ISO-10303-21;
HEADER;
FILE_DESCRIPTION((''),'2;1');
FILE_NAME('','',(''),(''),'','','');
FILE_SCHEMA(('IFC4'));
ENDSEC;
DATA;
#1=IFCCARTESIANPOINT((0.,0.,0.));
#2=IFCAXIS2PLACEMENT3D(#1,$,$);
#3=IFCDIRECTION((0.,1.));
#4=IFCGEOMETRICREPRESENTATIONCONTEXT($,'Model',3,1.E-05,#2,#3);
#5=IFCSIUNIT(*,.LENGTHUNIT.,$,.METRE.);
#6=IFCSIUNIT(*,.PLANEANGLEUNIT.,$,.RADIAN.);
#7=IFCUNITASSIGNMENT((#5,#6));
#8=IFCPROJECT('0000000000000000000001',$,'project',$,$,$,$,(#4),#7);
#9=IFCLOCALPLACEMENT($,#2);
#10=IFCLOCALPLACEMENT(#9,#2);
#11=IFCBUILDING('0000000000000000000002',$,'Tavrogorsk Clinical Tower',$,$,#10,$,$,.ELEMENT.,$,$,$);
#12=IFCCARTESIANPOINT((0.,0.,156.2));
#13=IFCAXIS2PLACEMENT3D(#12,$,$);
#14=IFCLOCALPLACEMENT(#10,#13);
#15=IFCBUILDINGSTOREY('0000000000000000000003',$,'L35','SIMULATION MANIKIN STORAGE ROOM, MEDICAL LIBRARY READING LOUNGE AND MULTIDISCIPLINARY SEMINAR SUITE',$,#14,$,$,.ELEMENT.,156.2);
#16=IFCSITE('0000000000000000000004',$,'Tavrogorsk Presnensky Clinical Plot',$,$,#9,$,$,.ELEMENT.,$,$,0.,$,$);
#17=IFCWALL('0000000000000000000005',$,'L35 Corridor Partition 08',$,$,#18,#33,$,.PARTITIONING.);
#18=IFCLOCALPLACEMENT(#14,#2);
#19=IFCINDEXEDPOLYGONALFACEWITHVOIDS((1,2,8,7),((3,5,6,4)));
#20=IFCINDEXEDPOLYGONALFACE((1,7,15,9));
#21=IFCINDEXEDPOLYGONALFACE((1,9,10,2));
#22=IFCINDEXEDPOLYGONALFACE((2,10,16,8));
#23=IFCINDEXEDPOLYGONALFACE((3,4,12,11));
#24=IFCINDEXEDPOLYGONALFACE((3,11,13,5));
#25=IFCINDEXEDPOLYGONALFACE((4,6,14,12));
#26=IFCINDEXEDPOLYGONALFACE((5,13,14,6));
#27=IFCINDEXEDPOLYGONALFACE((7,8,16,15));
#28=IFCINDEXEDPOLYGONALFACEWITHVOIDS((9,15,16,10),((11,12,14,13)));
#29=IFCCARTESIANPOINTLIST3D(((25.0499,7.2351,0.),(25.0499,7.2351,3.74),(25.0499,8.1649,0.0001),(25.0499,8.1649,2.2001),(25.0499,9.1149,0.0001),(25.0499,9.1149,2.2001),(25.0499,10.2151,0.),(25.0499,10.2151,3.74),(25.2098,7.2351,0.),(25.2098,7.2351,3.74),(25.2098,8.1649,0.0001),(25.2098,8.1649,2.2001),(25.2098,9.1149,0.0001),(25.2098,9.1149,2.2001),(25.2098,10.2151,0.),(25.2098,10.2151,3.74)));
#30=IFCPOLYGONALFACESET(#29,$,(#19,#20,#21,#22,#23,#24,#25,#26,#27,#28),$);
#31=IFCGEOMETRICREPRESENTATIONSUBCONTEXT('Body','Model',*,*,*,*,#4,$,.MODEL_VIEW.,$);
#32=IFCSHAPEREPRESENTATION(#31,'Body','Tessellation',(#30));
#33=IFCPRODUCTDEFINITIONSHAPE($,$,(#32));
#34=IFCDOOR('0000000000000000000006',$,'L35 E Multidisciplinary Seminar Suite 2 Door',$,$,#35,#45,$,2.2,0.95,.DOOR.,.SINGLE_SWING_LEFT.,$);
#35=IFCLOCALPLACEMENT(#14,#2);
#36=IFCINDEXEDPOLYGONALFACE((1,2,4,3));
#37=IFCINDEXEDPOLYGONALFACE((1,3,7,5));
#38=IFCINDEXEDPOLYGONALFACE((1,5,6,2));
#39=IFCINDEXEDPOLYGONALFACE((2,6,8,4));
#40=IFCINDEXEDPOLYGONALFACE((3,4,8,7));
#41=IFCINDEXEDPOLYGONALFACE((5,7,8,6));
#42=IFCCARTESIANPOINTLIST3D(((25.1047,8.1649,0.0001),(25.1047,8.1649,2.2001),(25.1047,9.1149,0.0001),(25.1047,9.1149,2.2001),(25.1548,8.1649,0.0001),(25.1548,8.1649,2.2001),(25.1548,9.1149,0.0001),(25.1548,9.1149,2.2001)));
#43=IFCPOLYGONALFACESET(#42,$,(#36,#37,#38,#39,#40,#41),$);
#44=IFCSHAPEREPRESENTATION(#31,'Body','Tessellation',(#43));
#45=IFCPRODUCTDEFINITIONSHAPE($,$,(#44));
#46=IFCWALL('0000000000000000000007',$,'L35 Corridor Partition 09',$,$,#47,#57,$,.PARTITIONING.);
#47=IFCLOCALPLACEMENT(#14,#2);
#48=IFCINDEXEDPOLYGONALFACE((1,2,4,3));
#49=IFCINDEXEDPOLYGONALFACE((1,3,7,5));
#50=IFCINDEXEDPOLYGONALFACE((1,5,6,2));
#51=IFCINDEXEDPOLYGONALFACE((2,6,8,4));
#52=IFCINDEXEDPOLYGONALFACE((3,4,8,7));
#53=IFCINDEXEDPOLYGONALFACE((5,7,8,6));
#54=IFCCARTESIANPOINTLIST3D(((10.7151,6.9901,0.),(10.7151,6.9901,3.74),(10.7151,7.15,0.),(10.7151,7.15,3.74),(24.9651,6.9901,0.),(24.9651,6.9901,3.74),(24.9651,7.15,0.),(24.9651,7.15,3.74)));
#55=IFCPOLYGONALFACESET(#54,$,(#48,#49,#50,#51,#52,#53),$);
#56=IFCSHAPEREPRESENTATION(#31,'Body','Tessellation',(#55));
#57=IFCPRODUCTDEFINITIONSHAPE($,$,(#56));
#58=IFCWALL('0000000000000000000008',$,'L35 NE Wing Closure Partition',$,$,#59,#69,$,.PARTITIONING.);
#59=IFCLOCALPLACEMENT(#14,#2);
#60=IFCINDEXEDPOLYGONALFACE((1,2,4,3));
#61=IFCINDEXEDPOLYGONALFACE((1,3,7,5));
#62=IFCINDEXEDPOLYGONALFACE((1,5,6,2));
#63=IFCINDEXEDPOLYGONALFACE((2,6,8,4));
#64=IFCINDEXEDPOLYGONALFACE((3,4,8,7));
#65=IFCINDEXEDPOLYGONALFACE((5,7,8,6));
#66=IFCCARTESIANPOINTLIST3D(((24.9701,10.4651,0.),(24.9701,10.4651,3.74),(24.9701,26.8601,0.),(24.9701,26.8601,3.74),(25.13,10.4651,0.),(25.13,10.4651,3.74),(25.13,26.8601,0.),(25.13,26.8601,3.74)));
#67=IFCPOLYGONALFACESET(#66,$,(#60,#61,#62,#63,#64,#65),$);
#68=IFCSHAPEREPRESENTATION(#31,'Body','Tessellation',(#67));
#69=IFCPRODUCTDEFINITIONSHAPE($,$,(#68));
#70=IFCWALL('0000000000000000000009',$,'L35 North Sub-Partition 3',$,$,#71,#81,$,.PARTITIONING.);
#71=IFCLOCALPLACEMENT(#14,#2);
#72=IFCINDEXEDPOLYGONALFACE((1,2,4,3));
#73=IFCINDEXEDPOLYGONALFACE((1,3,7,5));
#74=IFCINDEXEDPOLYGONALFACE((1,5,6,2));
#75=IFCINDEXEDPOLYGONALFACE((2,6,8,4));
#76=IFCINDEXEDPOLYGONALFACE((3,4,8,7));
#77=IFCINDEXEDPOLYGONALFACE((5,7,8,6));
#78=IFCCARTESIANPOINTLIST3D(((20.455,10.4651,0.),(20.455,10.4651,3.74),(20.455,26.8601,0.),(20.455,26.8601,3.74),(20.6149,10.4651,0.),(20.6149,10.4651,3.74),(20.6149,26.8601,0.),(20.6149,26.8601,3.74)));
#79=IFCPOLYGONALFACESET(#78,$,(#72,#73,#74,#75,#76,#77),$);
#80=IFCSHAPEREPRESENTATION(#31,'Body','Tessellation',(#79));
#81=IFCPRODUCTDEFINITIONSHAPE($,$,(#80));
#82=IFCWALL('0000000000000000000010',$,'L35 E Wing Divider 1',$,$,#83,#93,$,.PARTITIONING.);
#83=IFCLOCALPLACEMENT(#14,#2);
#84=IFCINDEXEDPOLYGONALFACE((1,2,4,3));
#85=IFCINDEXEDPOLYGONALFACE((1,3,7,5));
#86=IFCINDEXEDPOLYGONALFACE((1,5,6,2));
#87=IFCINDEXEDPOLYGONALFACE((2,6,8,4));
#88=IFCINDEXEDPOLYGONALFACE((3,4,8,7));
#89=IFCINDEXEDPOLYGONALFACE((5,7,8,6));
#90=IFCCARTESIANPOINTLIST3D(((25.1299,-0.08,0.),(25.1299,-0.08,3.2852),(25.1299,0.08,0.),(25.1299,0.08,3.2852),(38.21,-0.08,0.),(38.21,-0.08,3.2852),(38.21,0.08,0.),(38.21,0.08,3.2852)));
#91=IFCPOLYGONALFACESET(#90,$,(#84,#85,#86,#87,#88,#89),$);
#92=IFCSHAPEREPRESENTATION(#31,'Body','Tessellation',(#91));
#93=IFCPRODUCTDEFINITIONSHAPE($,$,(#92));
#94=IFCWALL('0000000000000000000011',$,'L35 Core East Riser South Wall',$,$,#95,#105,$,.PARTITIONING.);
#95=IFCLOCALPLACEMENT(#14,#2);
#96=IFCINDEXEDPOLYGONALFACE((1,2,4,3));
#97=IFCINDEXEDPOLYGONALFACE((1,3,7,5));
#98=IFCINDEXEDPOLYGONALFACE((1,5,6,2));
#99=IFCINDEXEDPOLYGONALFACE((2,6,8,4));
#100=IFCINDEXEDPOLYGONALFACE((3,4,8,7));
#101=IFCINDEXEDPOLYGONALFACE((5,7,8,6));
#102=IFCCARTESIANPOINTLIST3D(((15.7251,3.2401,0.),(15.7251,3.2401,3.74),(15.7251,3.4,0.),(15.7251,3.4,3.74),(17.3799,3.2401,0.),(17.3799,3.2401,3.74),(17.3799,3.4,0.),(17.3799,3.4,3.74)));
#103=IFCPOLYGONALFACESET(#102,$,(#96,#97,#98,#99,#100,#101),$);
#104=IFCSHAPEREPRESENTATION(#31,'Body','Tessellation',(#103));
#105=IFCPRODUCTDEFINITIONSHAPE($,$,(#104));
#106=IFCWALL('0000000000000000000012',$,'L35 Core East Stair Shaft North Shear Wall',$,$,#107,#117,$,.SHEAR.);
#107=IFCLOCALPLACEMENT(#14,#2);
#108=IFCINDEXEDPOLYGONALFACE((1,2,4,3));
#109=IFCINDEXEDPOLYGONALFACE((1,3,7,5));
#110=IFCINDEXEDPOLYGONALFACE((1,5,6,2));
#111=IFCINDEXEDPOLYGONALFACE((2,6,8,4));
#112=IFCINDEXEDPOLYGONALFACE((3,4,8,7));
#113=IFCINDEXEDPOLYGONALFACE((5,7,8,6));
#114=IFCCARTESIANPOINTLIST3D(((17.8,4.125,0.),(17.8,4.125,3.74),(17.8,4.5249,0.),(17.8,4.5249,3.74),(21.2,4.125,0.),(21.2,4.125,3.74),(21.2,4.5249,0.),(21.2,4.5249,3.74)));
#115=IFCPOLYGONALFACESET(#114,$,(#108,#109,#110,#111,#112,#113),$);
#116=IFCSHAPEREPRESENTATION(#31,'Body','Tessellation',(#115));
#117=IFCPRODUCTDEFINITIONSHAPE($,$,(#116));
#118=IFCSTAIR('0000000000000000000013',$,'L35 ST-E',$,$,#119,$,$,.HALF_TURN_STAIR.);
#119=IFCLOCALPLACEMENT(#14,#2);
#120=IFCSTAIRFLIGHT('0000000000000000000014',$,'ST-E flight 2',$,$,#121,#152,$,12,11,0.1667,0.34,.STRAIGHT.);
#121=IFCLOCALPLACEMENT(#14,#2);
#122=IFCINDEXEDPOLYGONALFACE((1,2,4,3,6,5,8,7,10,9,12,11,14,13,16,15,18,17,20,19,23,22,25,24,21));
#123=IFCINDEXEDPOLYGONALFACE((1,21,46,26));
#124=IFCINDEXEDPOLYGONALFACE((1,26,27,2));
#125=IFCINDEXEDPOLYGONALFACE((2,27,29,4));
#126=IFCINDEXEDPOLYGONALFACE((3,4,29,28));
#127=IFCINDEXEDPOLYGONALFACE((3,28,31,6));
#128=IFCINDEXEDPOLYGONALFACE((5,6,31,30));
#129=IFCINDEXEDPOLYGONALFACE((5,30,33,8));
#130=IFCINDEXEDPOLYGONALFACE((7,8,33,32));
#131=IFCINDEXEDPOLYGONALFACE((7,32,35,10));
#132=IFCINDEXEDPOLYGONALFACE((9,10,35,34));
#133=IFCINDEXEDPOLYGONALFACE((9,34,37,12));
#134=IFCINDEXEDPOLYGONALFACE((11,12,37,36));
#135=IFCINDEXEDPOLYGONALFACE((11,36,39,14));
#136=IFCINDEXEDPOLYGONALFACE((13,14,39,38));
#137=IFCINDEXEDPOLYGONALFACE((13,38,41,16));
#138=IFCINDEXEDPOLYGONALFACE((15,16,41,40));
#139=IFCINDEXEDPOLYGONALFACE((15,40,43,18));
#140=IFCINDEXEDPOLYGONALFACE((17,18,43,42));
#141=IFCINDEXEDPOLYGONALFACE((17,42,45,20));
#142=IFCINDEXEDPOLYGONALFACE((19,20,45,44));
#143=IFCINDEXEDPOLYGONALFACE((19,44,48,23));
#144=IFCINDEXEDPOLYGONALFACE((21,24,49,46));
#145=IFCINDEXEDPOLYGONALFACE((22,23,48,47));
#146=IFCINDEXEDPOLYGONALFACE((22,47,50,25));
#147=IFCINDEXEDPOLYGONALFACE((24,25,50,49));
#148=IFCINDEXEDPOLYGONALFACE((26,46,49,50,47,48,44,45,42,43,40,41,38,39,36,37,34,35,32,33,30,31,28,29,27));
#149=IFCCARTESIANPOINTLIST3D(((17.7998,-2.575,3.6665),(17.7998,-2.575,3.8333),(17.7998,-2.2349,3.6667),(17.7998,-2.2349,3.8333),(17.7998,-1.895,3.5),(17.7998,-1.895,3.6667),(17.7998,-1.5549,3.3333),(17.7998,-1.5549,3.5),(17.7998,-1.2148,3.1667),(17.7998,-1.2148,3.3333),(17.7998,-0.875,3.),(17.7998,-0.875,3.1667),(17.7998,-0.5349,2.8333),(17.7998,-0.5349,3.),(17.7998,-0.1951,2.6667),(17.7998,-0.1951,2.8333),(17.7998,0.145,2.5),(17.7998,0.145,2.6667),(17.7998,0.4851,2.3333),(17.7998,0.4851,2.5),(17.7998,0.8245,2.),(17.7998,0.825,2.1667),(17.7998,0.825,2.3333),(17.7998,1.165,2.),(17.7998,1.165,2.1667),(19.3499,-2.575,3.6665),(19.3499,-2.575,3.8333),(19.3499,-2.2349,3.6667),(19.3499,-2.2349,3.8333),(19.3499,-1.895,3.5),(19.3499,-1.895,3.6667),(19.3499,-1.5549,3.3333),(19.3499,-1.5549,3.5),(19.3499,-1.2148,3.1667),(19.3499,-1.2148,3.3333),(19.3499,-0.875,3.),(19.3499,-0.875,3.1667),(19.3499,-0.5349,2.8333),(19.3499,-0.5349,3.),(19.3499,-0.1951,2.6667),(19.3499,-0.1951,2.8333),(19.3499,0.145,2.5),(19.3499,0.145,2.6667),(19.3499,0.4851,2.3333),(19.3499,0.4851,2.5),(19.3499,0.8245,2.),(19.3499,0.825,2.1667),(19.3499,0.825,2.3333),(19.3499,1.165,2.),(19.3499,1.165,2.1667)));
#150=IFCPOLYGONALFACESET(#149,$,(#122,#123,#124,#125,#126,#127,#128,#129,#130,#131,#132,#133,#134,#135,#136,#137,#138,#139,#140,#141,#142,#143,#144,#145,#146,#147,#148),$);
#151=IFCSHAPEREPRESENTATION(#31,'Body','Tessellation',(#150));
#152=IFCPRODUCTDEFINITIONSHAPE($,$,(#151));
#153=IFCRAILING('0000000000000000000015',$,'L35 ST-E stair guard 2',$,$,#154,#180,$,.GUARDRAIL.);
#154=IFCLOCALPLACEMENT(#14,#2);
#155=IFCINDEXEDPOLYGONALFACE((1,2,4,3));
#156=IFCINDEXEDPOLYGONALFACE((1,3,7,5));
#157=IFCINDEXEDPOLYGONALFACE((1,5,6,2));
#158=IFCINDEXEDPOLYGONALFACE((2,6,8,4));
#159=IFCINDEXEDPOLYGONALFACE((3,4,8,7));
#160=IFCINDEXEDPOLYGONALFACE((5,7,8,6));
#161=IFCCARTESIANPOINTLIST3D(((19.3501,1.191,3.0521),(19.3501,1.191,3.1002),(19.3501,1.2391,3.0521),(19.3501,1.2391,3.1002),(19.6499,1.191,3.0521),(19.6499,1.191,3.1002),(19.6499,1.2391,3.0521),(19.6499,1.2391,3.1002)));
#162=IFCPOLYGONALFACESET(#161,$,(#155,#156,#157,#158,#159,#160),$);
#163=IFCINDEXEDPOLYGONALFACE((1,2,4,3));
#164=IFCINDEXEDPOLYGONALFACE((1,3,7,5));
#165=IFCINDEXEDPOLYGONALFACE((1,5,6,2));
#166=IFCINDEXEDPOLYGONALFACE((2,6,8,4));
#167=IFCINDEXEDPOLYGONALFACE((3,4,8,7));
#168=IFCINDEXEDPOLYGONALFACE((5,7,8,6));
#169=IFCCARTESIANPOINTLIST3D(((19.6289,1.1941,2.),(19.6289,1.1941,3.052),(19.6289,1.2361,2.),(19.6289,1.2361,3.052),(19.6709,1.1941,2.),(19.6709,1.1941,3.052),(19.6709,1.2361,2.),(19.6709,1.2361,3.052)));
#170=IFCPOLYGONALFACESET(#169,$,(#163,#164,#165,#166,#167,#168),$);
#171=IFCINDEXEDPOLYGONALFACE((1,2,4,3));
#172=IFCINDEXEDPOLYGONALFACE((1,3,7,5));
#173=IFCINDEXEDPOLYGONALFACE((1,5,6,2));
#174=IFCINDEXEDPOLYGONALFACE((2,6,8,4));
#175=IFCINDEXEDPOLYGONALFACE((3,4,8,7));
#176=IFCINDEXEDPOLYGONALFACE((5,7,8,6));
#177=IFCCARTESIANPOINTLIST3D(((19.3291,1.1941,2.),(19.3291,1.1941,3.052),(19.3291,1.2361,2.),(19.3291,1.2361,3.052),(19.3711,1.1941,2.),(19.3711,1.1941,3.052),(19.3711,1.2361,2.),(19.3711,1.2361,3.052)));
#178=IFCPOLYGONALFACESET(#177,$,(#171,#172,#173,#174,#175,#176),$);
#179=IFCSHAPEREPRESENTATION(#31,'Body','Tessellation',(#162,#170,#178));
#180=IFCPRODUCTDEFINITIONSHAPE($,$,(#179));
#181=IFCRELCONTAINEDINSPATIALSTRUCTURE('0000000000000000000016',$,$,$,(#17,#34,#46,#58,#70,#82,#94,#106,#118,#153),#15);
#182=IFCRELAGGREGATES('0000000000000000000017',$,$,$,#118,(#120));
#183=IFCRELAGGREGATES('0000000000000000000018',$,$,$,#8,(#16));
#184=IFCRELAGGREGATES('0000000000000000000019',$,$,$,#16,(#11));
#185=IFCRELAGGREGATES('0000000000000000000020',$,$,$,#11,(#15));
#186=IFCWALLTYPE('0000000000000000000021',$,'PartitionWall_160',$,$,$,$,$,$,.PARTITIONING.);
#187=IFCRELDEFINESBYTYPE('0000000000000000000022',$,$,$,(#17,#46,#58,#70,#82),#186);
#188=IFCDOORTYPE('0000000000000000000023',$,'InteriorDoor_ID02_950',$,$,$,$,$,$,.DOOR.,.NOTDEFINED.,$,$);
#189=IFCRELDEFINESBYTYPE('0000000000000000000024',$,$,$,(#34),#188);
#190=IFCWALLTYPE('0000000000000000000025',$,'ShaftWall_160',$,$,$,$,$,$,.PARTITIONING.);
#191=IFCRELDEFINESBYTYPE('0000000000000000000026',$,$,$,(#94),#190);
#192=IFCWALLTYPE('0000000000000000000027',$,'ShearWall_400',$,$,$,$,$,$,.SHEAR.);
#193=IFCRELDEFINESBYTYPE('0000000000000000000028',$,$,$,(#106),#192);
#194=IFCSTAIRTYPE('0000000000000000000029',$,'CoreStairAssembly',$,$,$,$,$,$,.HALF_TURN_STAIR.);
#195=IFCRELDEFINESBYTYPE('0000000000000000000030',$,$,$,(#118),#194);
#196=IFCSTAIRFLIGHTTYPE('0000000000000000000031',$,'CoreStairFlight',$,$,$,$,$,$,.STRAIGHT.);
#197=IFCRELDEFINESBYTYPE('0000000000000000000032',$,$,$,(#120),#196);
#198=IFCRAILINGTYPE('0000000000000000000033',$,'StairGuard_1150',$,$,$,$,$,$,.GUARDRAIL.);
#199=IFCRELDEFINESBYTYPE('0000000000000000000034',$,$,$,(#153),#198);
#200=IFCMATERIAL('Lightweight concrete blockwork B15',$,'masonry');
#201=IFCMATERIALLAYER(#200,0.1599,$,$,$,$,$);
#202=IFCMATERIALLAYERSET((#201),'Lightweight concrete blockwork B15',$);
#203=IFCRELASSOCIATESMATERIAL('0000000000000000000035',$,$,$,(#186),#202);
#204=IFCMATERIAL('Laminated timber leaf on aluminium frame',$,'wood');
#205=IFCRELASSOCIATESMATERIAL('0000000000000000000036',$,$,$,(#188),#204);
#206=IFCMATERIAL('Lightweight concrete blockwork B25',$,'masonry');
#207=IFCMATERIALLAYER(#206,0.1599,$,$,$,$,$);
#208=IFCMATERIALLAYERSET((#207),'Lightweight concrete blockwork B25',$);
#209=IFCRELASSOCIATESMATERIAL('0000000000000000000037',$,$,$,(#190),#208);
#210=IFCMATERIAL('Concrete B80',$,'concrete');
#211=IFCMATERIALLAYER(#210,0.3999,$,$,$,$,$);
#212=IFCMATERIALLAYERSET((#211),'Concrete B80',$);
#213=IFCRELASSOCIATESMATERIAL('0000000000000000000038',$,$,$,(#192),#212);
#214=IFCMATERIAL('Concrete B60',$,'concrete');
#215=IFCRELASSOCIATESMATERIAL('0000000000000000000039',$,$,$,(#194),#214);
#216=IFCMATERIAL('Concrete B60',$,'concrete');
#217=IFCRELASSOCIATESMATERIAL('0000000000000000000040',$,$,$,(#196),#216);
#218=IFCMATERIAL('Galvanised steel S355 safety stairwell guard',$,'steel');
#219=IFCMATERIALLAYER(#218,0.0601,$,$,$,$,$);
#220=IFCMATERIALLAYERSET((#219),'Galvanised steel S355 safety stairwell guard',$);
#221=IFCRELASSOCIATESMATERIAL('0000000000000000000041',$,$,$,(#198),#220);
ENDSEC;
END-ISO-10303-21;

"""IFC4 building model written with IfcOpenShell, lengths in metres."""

from ifc_helpers import new_model, si_unit, direction, frame, frame_2d, origin, origin_2d, place, context, subcontext, project, spatial, polyline, rectangle, outline, extrude, material, layer, layer_set, type_object, element, fill, aggregate, save


model = new_model("IFC4")

# Units and contexts
model_context = context("Model", 3, precision=1e-05, world=origin(), true_north=direction((0.0, 1.0)))
body_context = subcontext(model_context, "Body", "Model", "MODEL_VIEW")
ifc_project = project(units=[si_unit("LENGTHUNIT", "METRE"), si_unit("PLANEANGLEUNIT", "RADIAN")], contexts=[model_context])

# Site, building, storey
site_placement = place(None, origin())
site = spatial("IfcSite", under=ifc_project, at=site_placement, Name="Tavrogorsk Presnensky Clinical Plot", CompositionType="ELEMENT", RefElevation=0.0)
building_placement = place(site_placement, origin())
building = spatial("IfcBuilding", under=site, at=building_placement, Name="Tavrogorsk Clinical Tower", CompositionType="ELEMENT")
storey_placement = place(building_placement, frame((0.0, 0.0, 156.2)))
storey = spatial("IfcBuildingStorey", under=building, at=storey_placement, Name="L35", Description="SIMULATION MANIKIN STORAGE ROOM, MEDICAL LIBRARY READING LOUNGE AND MULTIDISCIPLINARY SEMINAR SUITE", CompositionType="ELEMENT", Elevation=156.2)

# Wall, opening, door
ifc_material_1 = material(Name="Lightweight concrete blockwork B15", Category="masonry")
ifc_layer_1 = layer(ifc_material_1, 0.1599)
ifc_layer_set_1 = layer_set([ifc_layer_1], Name="Lightweight concrete blockwork B15")
wall_type_1 = type_object("IfcWallType", Name="PartitionWall_160", PredefinedType="PARTITIONING", material=ifc_layer_set_1)
wall_1_placement = place(storey_placement, frame((25.1299, 10.2151, 0.0), z_axis=(0.0, 0.0, 1.0), x_axis=(0.0, -1.0, 0.0)))
wall_1 = element("IfcWall", 1, at=wall_1_placement, inside=storey, type_object=wall_type_1, Name="L35 Corridor Partition 08", PredefinedType="PARTITIONING", context=body_context, shape_type="SweptSolid", body=[
    extrude(rectangle(XDim=2.98, YDim=0.1599, at=frame_2d((1.49, 0.0))), origin(), (0.0, 0.0, 1.0), 3.74),
])
opening_placement = place(wall_1_placement, frame((1.1001, 0.0, 0.0)))
opening = element("IfcOpeningElement", 2, at=opening_placement, cuts=wall_1, PredefinedType="OPENING", context=body_context, shape_type="SweptSolid", body=[
    extrude(rectangle(XDim=0.95, YDim=2.2, at=frame_2d((0.4751, 1.1001))), frame((0.0, 0.0898, 0.0), z_axis=(0.0, -1.0, 0.0), x_axis=(1.0, 0.0, 0.0)), (0.0, 0.0, 1.0), 0.1799),
])
ifc_material_2 = material(Name="Laminated timber leaf on aluminium frame", Category="wood")
door_type = type_object("IfcDoorType", Name="InteriorDoor_ID02_950", OperationType="NOTDEFINED", PredefinedType="DOOR", material=ifc_material_2)
door_placement = place(opening_placement, origin())
door = element("IfcDoor", 3, at=door_placement, inside=storey, type_object=door_type, Name="L35 E Multidisciplinary Seminar Suite 2 Door", OperationType="SINGLE_SWING_LEFT", OverallHeight=2.2, OverallWidth=0.95, PredefinedType="DOOR", context=body_context, shape_type="SweptSolid", body=[
    extrude(rectangle(XDim=0.95, YDim=2.2, at=frame_2d((0.4751, 1.1001))), frame((0.0, 0.0249, 0.0), z_axis=(0.0, -1.0, 0.0), x_axis=(1.0, 0.0, 0.0)), (0.0, 0.0, 1.0), 0.05),
])
fill(opening, door)

# Walls
wall_2_placement = place(storey_placement, frame((24.9651, 7.0701, 0.0), z_axis=(0.0, 0.0, 1.0), x_axis=(-1.0, 0.0, 0.0)))
element("IfcWall", 4, at=wall_2_placement, inside=storey, type_object=wall_type_1, Name="L35 Corridor Partition 09", PredefinedType="PARTITIONING", context=body_context, shape_type="SweptSolid", body=[
    extrude(rectangle(XDim=14.25, YDim=0.1599, at=frame_2d((7.125, 0.0))), origin(), (0.0, 0.0, 1.0), 3.74),
])
for number, where, z_axis, x_axis, name in (
    (5, (25.05, 10.4651, 0.0), (0.0, 0.0, 1.0), (0.0, 1.0, 0.0), "L35 NE Wing Closure Partition"),
    (6, (20.5349, 10.4651, 0.0), (0.0, 0.0, 1.0), (0.0, 1.0, 0.0), "L35 North Sub-Partition 3"),
):
    element("IfcWall", number, at=place(storey_placement, frame(where, z_axis=z_axis, x_axis=x_axis)), inside=storey, type_object=wall_type_1, Name=name, PredefinedType="PARTITIONING", context=body_context, shape_type="SweptSolid", body=[
        extrude(rectangle(XDim=16.395, YDim=0.1599, at=frame_2d((8.1975, 0.0))), origin(), (0.0, 0.0, 1.0), 3.74),
    ])
wall_3_placement = place(storey_placement, frame((25.1299, 0.0, 0.0), z_axis=(0.0, 0.0, 1.0), x_axis=(1.0, 0.0, 0.0)))
element("IfcWall", 7, at=wall_3_placement, inside=storey, type_object=wall_type_1, Name="L35 E Wing Divider 1", PredefinedType="PARTITIONING", context=body_context, shape_type="SweptSolid", body=[
    extrude(rectangle(XDim=13.0801, YDim=0.1599, at=frame_2d((6.54, 0.0))), origin(), (0.0, 0.0, 1.0), 3.2852),
])
ifc_material_3 = material(Name="Lightweight concrete blockwork B25", Category="masonry")
ifc_layer_2 = layer(ifc_material_3, 0.1599)
ifc_layer_set_2 = layer_set([ifc_layer_2], Name="Lightweight concrete blockwork B25")
wall_type_2 = type_object("IfcWallType", Name="ShaftWall_160", PredefinedType="PARTITIONING", material=ifc_layer_set_2)
wall_4_placement = place(storey_placement, frame((15.7251, 3.3201, 0.0), z_axis=(0.0, 0.0, 1.0), x_axis=(1.0, 0.0, 0.0)))
element("IfcWall", 8, at=wall_4_placement, inside=storey, type_object=wall_type_2, Name="L35 Core East Riser South Wall", PredefinedType="PARTITIONING", context=body_context, shape_type="SweptSolid", body=[
    extrude(rectangle(XDim=1.6548, YDim=0.1599, at=frame_2d((0.8274, 0.0))), origin(), (0.0, 0.0, 1.0), 3.74),
])
ifc_material_4 = material(Name="Concrete B80", Category="concrete")
ifc_layer_3 = layer(ifc_material_4, 0.3999)
ifc_layer_set_3 = layer_set([ifc_layer_3], Name="Concrete B80")
wall_type_3 = type_object("IfcWallType", Name="ShearWall_400", PredefinedType="SHEAR", material=ifc_layer_set_3)
wall_5_placement = place(storey_placement, frame((17.8, 4.325, 0.0), z_axis=(0.0, 0.0, 1.0), x_axis=(1.0, 0.0, 0.0)))
element("IfcWall", 9, at=wall_5_placement, inside=storey, type_object=wall_type_3, Name="L35 Core East Stair Shaft North Shear Wall", PredefinedType="SHEAR", context=body_context, shape_type="SweptSolid", body=[
    extrude(rectangle(XDim=3.3999, YDim=0.3999, at=frame_2d((1.7, 0.0))), origin(), (0.0, 0.0, 1.0), 3.74),
])

# Stair, stair flight
ifc_material_5 = material(Name="Concrete B60", Category="concrete")
stair_type = type_object("IfcStairType", Name="CoreStairAssembly", PredefinedType="HALF_TURN_STAIR", material=ifc_material_5)
stair_placement = place(storey_placement, origin())
stair = element("IfcStair", 10, at=stair_placement, inside=storey, type_object=stair_type, Name="L35 ST-E", PredefinedType="HALF_TURN_STAIR")
ifc_material_6 = material(Name="Concrete B60", Category="concrete")
stair_flight_type = type_object("IfcStairFlightType", Name="CoreStairFlight", PredefinedType="STRAIGHT", material=ifc_material_6)
stair_flight_placement = place(storey_placement, frame((18.575, 1.165, 2.0), z_axis=(0.0, 0.0, 1.0), x_axis=(0.0, -1.0, 0.0)))
stair_flight = element("IfcStairFlight", 11, at=stair_flight_placement, type_object=stair_flight_type, Name="ST-E flight 2", NumberOfRisers=12, NumberOfTreads=11, PredefinedType="STRAIGHT", RiserHeight=0.1667, TreadLength=0.34, context=body_context, shape_type="SweptSolid", body=[
    extrude(outline(polyline([(0.0, 0.0), (0.0, 0.1667), (0.3401, 0.1667), (0.3401, 0.3333), (0.6799, 0.3333), (0.6799, 0.5), (1.02, 0.5), (1.02, 0.6667), (1.3601, 0.6667), (1.3601, 0.8333), (1.7, 0.8333), (1.7, 1.0), (2.04, 1.0), (2.04, 1.1667), (2.3799, 1.1667), (2.3799, 1.3333), (2.72, 1.3333), (2.72, 1.5), (3.0601, 1.5), (3.0601, 1.6667), (3.3999, 1.6667), (3.3999, 1.8333), (3.74, 1.8333), (3.74, 2.0), (3.74, 1.6665), (0.3406, 0.0), (0.0, 0.0)])), frame((0.0, 0.7749, 0.0), z_axis=(0.0, -1.0, 0.0), x_axis=(1.0, 0.0, 0.0)), (0.0, 0.0, 1.0), 1.55),
])
aggregate(stair, [stair_flight])

# Railing
ifc_material_7 = material(Name="Galvanised steel S355 safety stairwell guard", Category="steel")
ifc_layer_4 = layer(ifc_material_7, 0.0601)
ifc_layer_set_4 = layer_set([ifc_layer_4], Name="Galvanised steel S355 safety stairwell guard")
railing_type_1 = type_object("IfcRailingType", Name="StairGuard_1150", PredefinedType="GUARDRAIL", material=ifc_layer_set_4)
railing_1_placement = place(storey_placement, frame((19.6499, 1.2151, 2.0)))
element("IfcRailing", 12, at=railing_1_placement, inside=storey, type_object=railing_type_1, Name="L35 ST-E stair guard 2", PredefinedType="GUARDRAIL", context=body_context, shape_type="SweptSolid", body=[
    extrude(rectangle(XDim=0.0481, YDim=0.0481, at=origin_2d()), frame((0.0, 0.0, 1.0762), z_axis=(-1.0, 0.0, 0.0), x_axis=(0.0, -1.0, 0.0)), (0.0, 0.0, 1.0), 0.2998),
    extrude(rectangle(XDim=0.042, YDim=0.042, at=origin_2d()), origin(), (0.0, 0.0, 1.0), 1.052),
    extrude(rectangle(XDim=0.042, YDim=0.042, at=origin_2d()), frame((-0.2998, 0.0, 0.0)), (0.0, 0.0, 1.0), 1.052),
])

save(model, "model.ifc")
